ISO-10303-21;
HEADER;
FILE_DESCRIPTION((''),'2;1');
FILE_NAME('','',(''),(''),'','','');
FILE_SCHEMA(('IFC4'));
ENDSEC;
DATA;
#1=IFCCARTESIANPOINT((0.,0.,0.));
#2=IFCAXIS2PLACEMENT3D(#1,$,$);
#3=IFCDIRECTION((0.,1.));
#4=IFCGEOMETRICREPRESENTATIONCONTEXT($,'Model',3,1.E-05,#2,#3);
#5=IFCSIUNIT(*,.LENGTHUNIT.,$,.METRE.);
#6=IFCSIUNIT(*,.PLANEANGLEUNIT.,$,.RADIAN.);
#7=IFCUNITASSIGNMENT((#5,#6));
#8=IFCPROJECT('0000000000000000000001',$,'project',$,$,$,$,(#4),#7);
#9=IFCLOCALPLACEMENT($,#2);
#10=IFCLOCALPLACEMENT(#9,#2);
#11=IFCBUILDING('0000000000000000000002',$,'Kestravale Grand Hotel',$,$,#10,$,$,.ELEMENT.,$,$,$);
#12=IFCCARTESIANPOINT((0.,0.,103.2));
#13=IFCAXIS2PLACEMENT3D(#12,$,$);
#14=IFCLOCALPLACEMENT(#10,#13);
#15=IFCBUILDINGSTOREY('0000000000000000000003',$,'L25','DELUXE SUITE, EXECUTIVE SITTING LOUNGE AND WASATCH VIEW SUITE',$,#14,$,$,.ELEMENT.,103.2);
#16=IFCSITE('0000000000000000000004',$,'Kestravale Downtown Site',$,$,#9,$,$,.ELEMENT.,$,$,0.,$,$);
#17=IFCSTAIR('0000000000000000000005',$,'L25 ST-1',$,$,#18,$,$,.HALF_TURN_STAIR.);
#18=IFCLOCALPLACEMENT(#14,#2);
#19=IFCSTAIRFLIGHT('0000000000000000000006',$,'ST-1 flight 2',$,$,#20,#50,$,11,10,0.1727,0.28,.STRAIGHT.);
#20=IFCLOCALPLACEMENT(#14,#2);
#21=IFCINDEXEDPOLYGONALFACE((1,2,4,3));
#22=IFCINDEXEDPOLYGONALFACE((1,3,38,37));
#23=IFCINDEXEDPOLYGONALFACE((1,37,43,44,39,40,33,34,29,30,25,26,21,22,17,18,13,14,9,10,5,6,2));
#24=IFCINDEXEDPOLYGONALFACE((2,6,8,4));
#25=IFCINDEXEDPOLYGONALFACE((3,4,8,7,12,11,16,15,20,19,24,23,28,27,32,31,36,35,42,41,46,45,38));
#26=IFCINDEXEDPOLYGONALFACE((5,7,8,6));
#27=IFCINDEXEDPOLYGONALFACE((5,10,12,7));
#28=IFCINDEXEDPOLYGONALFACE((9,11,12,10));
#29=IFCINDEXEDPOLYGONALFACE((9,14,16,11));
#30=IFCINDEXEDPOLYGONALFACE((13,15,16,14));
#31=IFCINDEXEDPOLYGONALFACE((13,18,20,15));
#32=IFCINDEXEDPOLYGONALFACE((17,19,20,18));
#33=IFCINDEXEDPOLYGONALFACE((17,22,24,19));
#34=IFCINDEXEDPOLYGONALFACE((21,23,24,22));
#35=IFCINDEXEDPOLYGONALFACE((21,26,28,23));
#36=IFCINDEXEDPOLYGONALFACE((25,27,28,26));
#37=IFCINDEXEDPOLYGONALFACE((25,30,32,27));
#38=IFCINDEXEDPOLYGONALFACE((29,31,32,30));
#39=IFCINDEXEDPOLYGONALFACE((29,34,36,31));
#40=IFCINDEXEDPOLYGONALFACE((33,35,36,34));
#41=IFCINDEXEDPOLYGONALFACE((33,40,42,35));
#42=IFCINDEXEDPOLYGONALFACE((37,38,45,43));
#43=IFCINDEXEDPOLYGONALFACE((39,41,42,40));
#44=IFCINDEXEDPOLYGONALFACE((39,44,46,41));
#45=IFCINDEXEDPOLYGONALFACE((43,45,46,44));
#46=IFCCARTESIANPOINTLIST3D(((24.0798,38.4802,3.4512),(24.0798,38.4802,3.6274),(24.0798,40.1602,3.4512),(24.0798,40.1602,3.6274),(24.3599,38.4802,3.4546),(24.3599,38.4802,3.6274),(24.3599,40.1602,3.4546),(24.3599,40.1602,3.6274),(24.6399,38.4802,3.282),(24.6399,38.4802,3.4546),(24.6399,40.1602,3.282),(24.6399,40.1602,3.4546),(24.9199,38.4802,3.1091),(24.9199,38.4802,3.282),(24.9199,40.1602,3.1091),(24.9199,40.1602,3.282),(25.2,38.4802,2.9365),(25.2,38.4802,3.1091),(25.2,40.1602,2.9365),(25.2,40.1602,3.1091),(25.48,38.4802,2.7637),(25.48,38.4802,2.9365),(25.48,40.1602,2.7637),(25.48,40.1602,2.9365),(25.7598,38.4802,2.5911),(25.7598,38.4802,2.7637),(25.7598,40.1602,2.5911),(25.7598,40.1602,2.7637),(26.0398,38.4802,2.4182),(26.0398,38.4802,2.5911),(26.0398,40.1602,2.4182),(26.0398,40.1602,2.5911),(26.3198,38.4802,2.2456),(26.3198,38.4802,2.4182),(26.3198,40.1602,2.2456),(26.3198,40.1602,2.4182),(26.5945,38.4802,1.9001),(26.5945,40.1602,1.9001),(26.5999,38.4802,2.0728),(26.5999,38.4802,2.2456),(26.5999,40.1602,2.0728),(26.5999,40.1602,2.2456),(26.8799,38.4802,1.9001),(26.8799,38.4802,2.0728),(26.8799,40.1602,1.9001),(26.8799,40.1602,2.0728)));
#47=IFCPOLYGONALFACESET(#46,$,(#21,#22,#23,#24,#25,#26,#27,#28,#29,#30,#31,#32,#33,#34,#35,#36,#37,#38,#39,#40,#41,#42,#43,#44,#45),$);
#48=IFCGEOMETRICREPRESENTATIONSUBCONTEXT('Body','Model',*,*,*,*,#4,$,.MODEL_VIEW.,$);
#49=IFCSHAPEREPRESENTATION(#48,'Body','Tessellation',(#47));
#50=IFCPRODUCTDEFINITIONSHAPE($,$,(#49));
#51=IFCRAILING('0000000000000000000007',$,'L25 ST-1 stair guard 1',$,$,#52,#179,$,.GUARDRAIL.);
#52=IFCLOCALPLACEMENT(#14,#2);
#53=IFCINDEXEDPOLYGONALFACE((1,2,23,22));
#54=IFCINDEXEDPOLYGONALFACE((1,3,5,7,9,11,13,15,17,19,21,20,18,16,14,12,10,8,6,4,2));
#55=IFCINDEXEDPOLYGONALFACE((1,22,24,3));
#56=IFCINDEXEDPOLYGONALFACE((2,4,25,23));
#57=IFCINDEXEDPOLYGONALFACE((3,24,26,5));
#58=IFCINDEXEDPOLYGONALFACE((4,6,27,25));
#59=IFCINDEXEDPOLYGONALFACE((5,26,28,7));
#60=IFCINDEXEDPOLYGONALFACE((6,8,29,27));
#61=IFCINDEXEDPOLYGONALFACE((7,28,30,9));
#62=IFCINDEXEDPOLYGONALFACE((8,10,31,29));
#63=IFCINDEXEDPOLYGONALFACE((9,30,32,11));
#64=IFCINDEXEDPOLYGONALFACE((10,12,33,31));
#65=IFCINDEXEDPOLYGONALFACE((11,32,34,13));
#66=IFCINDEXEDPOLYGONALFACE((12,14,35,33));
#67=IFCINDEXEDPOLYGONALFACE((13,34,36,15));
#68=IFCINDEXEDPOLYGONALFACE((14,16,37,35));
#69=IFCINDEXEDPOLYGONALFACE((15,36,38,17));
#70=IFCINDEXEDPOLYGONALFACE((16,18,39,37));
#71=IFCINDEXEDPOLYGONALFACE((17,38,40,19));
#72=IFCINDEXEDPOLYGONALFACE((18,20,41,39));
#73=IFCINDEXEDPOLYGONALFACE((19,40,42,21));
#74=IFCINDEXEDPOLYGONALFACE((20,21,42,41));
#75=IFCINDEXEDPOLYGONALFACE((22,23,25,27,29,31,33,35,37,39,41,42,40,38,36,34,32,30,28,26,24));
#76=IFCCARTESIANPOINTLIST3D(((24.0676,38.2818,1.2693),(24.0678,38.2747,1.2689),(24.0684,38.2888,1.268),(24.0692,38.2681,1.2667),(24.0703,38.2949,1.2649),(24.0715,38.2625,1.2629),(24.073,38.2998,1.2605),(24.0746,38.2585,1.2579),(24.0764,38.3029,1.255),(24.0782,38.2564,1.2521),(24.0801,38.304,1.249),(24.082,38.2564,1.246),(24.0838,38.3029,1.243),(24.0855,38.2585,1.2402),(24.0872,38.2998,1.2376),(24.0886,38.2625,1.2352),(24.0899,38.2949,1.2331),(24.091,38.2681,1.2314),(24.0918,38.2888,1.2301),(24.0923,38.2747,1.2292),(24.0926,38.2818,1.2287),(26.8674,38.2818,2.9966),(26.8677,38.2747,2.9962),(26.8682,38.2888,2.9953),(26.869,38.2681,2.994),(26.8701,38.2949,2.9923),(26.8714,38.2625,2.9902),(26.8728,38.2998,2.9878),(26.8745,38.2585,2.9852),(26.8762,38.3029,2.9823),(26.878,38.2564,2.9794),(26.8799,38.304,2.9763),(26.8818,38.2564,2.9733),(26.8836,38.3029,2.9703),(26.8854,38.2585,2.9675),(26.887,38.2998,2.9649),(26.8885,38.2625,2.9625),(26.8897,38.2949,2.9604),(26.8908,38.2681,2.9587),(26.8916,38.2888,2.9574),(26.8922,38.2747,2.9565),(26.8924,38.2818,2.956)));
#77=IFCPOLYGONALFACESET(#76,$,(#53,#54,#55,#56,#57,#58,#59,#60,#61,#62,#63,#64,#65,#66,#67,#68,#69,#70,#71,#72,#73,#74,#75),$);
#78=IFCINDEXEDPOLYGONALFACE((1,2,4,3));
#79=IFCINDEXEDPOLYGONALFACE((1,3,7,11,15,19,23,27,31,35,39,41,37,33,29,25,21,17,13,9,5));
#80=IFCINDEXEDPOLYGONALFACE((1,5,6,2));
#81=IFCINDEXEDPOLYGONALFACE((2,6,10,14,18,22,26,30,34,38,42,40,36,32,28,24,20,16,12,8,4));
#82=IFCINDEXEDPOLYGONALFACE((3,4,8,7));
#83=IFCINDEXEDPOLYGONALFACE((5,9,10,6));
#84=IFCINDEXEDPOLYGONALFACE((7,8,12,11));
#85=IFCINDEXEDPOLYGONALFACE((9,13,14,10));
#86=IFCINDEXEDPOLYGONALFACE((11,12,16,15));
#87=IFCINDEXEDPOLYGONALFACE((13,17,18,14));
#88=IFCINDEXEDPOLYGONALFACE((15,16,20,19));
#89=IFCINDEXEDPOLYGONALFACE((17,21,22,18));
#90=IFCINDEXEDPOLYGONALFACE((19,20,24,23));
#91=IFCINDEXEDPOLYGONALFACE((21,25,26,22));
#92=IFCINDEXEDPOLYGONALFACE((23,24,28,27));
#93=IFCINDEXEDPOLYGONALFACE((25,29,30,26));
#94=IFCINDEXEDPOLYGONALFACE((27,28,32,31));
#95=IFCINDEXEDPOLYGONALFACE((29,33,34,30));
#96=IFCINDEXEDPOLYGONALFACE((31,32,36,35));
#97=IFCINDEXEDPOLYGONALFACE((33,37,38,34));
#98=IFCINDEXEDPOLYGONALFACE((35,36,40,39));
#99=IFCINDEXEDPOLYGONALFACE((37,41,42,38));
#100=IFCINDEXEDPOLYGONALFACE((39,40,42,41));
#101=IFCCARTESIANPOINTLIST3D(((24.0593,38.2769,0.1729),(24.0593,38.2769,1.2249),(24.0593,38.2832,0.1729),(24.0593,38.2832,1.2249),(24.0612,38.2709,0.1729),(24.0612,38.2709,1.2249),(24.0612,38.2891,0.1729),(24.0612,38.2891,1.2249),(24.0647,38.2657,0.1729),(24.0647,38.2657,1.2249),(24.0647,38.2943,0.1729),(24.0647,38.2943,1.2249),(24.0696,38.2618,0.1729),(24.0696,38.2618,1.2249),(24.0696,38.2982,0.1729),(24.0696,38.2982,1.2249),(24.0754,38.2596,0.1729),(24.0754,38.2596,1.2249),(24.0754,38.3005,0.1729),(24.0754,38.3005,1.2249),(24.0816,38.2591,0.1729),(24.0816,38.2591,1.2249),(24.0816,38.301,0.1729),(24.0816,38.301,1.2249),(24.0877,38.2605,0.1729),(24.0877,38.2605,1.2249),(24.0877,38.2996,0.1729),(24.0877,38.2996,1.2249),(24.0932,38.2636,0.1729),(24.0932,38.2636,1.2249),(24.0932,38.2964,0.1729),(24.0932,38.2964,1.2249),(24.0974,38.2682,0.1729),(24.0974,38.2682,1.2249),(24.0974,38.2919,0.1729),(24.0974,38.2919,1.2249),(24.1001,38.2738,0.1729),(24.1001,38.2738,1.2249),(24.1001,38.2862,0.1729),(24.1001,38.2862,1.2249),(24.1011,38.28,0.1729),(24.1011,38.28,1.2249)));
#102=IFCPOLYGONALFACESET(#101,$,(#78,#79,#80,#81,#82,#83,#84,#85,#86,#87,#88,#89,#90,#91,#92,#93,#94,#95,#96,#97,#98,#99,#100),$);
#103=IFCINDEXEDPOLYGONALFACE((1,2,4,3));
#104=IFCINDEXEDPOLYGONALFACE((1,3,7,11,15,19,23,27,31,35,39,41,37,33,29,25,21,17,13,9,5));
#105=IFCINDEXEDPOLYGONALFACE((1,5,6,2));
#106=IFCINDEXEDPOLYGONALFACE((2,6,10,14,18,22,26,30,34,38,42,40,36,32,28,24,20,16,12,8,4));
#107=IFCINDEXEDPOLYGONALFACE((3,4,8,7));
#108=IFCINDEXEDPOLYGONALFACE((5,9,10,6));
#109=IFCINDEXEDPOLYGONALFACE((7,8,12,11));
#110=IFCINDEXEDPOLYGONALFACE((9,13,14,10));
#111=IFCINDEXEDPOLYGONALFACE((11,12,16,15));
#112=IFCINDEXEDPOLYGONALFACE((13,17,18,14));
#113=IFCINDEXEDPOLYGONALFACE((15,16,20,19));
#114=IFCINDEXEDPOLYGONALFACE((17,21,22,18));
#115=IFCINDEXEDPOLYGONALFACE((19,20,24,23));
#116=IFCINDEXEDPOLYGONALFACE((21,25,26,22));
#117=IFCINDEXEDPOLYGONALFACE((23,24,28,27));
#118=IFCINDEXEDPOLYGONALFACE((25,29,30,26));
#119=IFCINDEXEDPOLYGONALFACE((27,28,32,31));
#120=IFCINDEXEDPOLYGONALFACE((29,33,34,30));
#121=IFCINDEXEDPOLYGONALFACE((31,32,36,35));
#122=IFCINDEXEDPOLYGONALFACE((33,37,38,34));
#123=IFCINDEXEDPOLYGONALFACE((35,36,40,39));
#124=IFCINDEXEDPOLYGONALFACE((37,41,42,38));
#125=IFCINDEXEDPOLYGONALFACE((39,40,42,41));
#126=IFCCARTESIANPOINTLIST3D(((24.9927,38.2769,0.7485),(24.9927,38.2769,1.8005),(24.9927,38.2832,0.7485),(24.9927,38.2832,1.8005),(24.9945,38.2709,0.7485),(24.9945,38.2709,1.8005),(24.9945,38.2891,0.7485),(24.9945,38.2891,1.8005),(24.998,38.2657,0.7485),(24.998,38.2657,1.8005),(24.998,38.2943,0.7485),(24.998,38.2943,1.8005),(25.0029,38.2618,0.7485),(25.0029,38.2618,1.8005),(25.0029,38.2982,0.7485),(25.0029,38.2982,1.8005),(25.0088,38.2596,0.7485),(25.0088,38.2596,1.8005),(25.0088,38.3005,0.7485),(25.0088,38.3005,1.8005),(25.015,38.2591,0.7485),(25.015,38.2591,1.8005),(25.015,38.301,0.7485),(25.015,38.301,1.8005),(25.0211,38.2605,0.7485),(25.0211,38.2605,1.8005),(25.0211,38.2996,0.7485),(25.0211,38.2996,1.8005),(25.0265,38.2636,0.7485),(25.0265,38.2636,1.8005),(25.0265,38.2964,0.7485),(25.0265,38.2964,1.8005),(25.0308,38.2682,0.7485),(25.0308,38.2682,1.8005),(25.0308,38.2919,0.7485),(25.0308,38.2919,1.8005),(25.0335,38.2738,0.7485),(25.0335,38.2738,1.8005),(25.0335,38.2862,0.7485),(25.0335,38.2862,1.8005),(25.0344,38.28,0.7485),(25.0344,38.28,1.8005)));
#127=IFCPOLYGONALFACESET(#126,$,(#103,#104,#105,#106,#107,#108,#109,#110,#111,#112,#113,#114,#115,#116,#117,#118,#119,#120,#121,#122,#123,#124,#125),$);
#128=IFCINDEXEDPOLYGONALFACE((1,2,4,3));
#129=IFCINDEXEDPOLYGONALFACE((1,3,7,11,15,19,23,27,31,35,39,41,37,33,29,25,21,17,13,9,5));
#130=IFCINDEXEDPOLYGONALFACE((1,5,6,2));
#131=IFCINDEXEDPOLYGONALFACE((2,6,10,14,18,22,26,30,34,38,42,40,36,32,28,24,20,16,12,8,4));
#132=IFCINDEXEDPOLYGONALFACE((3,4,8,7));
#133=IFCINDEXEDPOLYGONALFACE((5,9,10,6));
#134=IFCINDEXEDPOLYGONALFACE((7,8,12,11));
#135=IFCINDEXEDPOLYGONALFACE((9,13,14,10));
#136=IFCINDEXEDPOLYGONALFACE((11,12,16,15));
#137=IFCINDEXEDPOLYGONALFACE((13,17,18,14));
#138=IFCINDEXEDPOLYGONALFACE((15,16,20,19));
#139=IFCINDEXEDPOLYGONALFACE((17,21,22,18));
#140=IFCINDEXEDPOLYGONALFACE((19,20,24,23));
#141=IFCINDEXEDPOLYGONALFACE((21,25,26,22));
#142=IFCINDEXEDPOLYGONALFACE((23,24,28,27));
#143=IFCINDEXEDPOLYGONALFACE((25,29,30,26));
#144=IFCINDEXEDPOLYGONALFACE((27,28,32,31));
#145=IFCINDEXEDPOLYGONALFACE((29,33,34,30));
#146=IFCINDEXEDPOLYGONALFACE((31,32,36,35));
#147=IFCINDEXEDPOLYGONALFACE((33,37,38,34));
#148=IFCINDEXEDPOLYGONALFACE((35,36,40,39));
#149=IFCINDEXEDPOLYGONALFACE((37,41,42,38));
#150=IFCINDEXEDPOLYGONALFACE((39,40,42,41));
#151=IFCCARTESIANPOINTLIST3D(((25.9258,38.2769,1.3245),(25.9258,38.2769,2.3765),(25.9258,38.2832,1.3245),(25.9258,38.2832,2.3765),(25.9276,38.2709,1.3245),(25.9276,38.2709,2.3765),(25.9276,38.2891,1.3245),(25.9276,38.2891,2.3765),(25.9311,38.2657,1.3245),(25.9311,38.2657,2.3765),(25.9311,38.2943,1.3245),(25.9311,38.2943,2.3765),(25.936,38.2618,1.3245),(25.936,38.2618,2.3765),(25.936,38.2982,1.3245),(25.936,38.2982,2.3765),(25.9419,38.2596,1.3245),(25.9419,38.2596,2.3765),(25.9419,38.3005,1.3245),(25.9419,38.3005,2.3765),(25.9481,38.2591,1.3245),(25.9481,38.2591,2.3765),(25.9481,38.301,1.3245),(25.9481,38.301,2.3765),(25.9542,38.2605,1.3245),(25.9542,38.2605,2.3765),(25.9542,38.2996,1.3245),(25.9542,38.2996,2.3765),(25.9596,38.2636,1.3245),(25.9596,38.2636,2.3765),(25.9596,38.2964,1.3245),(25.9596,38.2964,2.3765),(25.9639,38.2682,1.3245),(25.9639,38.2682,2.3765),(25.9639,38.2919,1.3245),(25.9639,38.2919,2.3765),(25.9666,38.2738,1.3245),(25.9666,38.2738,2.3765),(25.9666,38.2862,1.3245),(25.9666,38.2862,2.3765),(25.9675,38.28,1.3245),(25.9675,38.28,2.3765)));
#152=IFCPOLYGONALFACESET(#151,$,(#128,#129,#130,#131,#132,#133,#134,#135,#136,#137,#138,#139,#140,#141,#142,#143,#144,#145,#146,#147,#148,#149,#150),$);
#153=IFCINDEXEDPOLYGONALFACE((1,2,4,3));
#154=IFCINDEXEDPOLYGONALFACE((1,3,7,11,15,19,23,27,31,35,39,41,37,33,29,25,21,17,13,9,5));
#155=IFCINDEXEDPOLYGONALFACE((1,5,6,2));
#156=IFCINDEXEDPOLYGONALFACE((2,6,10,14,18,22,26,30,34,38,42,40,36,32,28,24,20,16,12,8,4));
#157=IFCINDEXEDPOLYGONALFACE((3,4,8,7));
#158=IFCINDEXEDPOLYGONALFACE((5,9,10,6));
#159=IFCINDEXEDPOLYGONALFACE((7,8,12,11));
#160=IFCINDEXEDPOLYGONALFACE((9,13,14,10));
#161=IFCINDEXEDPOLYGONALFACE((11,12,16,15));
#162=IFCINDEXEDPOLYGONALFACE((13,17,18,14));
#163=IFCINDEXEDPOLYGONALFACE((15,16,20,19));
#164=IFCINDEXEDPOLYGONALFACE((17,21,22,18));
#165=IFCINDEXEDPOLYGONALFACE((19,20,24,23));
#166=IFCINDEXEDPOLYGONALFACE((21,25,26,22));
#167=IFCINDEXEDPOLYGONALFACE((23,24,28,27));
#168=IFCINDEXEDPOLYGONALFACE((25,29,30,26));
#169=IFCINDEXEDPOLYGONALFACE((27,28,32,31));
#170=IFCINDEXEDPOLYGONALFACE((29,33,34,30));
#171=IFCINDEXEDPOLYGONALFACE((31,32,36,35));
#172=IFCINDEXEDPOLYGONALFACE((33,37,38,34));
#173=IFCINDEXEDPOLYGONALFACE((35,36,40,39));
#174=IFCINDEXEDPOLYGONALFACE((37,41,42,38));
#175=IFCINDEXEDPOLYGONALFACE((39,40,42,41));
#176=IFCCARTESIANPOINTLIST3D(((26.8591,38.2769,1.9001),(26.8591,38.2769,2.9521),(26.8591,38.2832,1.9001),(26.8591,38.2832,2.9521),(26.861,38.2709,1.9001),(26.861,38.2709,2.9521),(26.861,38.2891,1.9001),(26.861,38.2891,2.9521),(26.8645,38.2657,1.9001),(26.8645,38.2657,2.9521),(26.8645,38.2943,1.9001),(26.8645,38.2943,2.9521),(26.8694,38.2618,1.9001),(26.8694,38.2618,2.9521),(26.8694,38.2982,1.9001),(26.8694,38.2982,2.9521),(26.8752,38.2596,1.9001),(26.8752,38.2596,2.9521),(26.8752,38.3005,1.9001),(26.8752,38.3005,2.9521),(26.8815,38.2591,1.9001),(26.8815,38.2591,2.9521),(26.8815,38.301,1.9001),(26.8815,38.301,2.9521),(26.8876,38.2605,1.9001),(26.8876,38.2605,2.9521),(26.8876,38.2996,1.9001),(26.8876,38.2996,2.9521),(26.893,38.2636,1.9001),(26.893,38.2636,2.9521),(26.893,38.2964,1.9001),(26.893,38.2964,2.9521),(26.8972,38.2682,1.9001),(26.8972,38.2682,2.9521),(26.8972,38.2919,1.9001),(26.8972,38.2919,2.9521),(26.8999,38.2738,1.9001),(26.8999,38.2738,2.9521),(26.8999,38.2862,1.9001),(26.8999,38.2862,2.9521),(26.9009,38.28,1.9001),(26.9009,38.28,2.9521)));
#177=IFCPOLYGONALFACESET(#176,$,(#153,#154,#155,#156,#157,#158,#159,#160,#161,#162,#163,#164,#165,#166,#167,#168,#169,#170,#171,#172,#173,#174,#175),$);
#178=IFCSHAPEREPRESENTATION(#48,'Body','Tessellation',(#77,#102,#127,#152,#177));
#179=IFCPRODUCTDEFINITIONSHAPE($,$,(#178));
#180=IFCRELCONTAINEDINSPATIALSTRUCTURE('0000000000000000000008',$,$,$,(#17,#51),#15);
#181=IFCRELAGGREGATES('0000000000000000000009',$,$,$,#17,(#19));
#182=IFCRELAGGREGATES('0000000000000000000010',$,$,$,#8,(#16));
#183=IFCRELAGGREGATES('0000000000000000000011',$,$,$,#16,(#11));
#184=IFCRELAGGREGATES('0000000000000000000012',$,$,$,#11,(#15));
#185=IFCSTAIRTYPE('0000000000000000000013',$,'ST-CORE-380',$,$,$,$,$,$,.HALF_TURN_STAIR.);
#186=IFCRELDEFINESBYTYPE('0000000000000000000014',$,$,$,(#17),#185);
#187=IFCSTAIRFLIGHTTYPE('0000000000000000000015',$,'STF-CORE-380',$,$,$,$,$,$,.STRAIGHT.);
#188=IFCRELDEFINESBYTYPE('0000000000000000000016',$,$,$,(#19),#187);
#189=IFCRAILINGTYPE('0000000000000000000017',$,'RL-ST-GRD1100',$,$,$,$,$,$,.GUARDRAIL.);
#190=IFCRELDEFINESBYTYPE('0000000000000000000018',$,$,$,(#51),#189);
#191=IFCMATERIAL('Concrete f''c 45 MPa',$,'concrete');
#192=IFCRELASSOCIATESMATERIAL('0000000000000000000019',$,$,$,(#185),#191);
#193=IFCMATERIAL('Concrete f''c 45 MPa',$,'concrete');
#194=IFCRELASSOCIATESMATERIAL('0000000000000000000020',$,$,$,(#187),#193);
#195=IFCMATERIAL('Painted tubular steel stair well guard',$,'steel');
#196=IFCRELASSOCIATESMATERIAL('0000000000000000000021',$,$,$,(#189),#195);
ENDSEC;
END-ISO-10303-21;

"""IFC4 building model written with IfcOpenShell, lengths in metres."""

from ifc_helpers import new_model, si_unit, direction, frame, origin, origin_2d, place, context, subcontext, project, spatial, polyline, circle, outline, extrude, material, type_object, element, aggregate, save


model = new_model("IFC4")

# Units and contexts
model_context = context("Model", 3, precision=1e-05, world=origin(), true_north=direction((0.0, 1.0)))
body_context = subcontext(model_context, "Body", "Model", "MODEL_VIEW")
ifc_project = project(units=[si_unit("LENGTHUNIT", "METRE"), si_unit("PLANEANGLEUNIT", "RADIAN")], contexts=[model_context])

# Site, building, storey
site_placement = place(None, origin())
site = spatial("IfcSite", under=ifc_project, at=site_placement, Name="Kestravale Downtown Site", CompositionType="ELEMENT", RefElevation=0.0)
building_placement = place(site_placement, origin())
building = spatial("IfcBuilding", under=site, at=building_placement, Name="Kestravale Grand Hotel", CompositionType="ELEMENT")
storey_placement = place(building_placement, frame((0.0, 0.0, 103.2)))
storey = spatial("IfcBuildingStorey", under=building, at=storey_placement, Name="L25", Description="DELUXE SUITE, EXECUTIVE SITTING LOUNGE AND WASATCH VIEW SUITE", CompositionType="ELEMENT", Elevation=103.2)

# Stair, stair flight
ifc_material_1 = material(Name="Concrete f'c 45 MPa", Category="concrete")
stair_type = type_object("IfcStairType", Name="ST-CORE-380", PredefinedType="HALF_TURN_STAIR", material=ifc_material_1)
stair_placement = place(storey_placement, origin())
stair = element("IfcStair", 1, at=stair_placement, inside=storey, type_object=stair_type, Name="L25 ST-1", PredefinedType="HALF_TURN_STAIR")
ifc_material_2 = material(Name="Concrete f'c 45 MPa", Category="concrete")
stair_flight_type = type_object("IfcStairFlightType", Name="STF-CORE-380", PredefinedType="STRAIGHT", material=ifc_material_2)
stair_flight_1_placement = place(storey_placement, frame((26.8799, 39.3201, 1.9001), z_axis=(0.0, 0.0, 1.0), x_axis=(-1.0, 0.0, 0.0)))
stair_flight_1 = element("IfcStairFlight", 2, at=stair_flight_1_placement, type_object=stair_flight_type, Name="ST-1 flight 2", NumberOfRisers=11, NumberOfTreads=10, PredefinedType="STRAIGHT", RiserHeight=0.1727, TreadLength=0.28, context=body_context, shape_type="SweptSolid", body=[
    extrude(outline(polyline([(0.0, 0.0), (0.0, 0.1726), (0.28, 0.1726), (0.28, 0.3455), (0.5601, 0.3455), (0.5601, 0.5181), (0.8401, 0.5181), (0.8401, 0.6909), (1.1201, 0.6909), (1.1201, 0.8635), (1.3999, 0.8635), (1.3999, 1.0364), (1.6799, 1.0364), (1.6799, 1.209), (1.96, 1.209), (1.96, 1.3818), (2.24, 1.3818), (2.24, 1.5544), (2.52, 1.5544), (2.52, 1.7273), (2.8, 1.7273), (2.8, 1.8999), (2.8, 1.551), (0.2854, 0.0), (0.0, 0.0)])), frame((0.0, 0.8398, 0.0), z_axis=(0.0, -1.0, 0.0), x_axis=(1.0, 0.0, 0.0)), (0.0, 0.0, 1.0), 1.6799),
])
aggregate(stair, [stair_flight_1])

# Railing
ifc_material_3 = material(Name="Painted tubular steel stair well guard", Category="steel")
railing_type_1 = type_object("IfcRailingType", Name="RL-ST-GRD1100", PredefinedType="GUARDRAIL", material=ifc_material_3)
railing_1_placement = place(storey_placement, frame((24.0801, 38.28, 0.1729)))
element("IfcRailing", 3, at=railing_1_placement, inside=storey, type_object=railing_type_1, Name="L25 ST-1 stair guard 1", PredefinedType="GUARDRAIL", context=body_context, shape_type="SweptSolid", body=[
    extrude(circle(Radius=0.0239, at=origin_2d()), frame((0.0, 0.0, 1.0762), z_axis=(0.851069, 0.0, 0.525054), x_axis=(0.0, 1.0, 0.0)), (0.0, 0.0, 1.0), 3.2898),
    extrude(circle(Radius=0.021, at=origin_2d()), origin(), (0.0, 0.0, 1.0), 1.052),
    extrude(circle(Radius=0.021, at=origin_2d()), frame((0.9333, 0.0, 0.5757)), (0.0, 0.0, 1.0), 1.052),
    extrude(circle(Radius=0.021, at=origin_2d()), frame((1.8665, 0.0, 1.1516)), (0.0, 0.0, 1.0), 1.052),
    extrude(circle(Radius=0.021, at=origin_2d()), frame((2.7998, 0.0, 1.7273)), (0.0, 0.0, 1.0), 1.052),
])

save(model, "model.ifc")
